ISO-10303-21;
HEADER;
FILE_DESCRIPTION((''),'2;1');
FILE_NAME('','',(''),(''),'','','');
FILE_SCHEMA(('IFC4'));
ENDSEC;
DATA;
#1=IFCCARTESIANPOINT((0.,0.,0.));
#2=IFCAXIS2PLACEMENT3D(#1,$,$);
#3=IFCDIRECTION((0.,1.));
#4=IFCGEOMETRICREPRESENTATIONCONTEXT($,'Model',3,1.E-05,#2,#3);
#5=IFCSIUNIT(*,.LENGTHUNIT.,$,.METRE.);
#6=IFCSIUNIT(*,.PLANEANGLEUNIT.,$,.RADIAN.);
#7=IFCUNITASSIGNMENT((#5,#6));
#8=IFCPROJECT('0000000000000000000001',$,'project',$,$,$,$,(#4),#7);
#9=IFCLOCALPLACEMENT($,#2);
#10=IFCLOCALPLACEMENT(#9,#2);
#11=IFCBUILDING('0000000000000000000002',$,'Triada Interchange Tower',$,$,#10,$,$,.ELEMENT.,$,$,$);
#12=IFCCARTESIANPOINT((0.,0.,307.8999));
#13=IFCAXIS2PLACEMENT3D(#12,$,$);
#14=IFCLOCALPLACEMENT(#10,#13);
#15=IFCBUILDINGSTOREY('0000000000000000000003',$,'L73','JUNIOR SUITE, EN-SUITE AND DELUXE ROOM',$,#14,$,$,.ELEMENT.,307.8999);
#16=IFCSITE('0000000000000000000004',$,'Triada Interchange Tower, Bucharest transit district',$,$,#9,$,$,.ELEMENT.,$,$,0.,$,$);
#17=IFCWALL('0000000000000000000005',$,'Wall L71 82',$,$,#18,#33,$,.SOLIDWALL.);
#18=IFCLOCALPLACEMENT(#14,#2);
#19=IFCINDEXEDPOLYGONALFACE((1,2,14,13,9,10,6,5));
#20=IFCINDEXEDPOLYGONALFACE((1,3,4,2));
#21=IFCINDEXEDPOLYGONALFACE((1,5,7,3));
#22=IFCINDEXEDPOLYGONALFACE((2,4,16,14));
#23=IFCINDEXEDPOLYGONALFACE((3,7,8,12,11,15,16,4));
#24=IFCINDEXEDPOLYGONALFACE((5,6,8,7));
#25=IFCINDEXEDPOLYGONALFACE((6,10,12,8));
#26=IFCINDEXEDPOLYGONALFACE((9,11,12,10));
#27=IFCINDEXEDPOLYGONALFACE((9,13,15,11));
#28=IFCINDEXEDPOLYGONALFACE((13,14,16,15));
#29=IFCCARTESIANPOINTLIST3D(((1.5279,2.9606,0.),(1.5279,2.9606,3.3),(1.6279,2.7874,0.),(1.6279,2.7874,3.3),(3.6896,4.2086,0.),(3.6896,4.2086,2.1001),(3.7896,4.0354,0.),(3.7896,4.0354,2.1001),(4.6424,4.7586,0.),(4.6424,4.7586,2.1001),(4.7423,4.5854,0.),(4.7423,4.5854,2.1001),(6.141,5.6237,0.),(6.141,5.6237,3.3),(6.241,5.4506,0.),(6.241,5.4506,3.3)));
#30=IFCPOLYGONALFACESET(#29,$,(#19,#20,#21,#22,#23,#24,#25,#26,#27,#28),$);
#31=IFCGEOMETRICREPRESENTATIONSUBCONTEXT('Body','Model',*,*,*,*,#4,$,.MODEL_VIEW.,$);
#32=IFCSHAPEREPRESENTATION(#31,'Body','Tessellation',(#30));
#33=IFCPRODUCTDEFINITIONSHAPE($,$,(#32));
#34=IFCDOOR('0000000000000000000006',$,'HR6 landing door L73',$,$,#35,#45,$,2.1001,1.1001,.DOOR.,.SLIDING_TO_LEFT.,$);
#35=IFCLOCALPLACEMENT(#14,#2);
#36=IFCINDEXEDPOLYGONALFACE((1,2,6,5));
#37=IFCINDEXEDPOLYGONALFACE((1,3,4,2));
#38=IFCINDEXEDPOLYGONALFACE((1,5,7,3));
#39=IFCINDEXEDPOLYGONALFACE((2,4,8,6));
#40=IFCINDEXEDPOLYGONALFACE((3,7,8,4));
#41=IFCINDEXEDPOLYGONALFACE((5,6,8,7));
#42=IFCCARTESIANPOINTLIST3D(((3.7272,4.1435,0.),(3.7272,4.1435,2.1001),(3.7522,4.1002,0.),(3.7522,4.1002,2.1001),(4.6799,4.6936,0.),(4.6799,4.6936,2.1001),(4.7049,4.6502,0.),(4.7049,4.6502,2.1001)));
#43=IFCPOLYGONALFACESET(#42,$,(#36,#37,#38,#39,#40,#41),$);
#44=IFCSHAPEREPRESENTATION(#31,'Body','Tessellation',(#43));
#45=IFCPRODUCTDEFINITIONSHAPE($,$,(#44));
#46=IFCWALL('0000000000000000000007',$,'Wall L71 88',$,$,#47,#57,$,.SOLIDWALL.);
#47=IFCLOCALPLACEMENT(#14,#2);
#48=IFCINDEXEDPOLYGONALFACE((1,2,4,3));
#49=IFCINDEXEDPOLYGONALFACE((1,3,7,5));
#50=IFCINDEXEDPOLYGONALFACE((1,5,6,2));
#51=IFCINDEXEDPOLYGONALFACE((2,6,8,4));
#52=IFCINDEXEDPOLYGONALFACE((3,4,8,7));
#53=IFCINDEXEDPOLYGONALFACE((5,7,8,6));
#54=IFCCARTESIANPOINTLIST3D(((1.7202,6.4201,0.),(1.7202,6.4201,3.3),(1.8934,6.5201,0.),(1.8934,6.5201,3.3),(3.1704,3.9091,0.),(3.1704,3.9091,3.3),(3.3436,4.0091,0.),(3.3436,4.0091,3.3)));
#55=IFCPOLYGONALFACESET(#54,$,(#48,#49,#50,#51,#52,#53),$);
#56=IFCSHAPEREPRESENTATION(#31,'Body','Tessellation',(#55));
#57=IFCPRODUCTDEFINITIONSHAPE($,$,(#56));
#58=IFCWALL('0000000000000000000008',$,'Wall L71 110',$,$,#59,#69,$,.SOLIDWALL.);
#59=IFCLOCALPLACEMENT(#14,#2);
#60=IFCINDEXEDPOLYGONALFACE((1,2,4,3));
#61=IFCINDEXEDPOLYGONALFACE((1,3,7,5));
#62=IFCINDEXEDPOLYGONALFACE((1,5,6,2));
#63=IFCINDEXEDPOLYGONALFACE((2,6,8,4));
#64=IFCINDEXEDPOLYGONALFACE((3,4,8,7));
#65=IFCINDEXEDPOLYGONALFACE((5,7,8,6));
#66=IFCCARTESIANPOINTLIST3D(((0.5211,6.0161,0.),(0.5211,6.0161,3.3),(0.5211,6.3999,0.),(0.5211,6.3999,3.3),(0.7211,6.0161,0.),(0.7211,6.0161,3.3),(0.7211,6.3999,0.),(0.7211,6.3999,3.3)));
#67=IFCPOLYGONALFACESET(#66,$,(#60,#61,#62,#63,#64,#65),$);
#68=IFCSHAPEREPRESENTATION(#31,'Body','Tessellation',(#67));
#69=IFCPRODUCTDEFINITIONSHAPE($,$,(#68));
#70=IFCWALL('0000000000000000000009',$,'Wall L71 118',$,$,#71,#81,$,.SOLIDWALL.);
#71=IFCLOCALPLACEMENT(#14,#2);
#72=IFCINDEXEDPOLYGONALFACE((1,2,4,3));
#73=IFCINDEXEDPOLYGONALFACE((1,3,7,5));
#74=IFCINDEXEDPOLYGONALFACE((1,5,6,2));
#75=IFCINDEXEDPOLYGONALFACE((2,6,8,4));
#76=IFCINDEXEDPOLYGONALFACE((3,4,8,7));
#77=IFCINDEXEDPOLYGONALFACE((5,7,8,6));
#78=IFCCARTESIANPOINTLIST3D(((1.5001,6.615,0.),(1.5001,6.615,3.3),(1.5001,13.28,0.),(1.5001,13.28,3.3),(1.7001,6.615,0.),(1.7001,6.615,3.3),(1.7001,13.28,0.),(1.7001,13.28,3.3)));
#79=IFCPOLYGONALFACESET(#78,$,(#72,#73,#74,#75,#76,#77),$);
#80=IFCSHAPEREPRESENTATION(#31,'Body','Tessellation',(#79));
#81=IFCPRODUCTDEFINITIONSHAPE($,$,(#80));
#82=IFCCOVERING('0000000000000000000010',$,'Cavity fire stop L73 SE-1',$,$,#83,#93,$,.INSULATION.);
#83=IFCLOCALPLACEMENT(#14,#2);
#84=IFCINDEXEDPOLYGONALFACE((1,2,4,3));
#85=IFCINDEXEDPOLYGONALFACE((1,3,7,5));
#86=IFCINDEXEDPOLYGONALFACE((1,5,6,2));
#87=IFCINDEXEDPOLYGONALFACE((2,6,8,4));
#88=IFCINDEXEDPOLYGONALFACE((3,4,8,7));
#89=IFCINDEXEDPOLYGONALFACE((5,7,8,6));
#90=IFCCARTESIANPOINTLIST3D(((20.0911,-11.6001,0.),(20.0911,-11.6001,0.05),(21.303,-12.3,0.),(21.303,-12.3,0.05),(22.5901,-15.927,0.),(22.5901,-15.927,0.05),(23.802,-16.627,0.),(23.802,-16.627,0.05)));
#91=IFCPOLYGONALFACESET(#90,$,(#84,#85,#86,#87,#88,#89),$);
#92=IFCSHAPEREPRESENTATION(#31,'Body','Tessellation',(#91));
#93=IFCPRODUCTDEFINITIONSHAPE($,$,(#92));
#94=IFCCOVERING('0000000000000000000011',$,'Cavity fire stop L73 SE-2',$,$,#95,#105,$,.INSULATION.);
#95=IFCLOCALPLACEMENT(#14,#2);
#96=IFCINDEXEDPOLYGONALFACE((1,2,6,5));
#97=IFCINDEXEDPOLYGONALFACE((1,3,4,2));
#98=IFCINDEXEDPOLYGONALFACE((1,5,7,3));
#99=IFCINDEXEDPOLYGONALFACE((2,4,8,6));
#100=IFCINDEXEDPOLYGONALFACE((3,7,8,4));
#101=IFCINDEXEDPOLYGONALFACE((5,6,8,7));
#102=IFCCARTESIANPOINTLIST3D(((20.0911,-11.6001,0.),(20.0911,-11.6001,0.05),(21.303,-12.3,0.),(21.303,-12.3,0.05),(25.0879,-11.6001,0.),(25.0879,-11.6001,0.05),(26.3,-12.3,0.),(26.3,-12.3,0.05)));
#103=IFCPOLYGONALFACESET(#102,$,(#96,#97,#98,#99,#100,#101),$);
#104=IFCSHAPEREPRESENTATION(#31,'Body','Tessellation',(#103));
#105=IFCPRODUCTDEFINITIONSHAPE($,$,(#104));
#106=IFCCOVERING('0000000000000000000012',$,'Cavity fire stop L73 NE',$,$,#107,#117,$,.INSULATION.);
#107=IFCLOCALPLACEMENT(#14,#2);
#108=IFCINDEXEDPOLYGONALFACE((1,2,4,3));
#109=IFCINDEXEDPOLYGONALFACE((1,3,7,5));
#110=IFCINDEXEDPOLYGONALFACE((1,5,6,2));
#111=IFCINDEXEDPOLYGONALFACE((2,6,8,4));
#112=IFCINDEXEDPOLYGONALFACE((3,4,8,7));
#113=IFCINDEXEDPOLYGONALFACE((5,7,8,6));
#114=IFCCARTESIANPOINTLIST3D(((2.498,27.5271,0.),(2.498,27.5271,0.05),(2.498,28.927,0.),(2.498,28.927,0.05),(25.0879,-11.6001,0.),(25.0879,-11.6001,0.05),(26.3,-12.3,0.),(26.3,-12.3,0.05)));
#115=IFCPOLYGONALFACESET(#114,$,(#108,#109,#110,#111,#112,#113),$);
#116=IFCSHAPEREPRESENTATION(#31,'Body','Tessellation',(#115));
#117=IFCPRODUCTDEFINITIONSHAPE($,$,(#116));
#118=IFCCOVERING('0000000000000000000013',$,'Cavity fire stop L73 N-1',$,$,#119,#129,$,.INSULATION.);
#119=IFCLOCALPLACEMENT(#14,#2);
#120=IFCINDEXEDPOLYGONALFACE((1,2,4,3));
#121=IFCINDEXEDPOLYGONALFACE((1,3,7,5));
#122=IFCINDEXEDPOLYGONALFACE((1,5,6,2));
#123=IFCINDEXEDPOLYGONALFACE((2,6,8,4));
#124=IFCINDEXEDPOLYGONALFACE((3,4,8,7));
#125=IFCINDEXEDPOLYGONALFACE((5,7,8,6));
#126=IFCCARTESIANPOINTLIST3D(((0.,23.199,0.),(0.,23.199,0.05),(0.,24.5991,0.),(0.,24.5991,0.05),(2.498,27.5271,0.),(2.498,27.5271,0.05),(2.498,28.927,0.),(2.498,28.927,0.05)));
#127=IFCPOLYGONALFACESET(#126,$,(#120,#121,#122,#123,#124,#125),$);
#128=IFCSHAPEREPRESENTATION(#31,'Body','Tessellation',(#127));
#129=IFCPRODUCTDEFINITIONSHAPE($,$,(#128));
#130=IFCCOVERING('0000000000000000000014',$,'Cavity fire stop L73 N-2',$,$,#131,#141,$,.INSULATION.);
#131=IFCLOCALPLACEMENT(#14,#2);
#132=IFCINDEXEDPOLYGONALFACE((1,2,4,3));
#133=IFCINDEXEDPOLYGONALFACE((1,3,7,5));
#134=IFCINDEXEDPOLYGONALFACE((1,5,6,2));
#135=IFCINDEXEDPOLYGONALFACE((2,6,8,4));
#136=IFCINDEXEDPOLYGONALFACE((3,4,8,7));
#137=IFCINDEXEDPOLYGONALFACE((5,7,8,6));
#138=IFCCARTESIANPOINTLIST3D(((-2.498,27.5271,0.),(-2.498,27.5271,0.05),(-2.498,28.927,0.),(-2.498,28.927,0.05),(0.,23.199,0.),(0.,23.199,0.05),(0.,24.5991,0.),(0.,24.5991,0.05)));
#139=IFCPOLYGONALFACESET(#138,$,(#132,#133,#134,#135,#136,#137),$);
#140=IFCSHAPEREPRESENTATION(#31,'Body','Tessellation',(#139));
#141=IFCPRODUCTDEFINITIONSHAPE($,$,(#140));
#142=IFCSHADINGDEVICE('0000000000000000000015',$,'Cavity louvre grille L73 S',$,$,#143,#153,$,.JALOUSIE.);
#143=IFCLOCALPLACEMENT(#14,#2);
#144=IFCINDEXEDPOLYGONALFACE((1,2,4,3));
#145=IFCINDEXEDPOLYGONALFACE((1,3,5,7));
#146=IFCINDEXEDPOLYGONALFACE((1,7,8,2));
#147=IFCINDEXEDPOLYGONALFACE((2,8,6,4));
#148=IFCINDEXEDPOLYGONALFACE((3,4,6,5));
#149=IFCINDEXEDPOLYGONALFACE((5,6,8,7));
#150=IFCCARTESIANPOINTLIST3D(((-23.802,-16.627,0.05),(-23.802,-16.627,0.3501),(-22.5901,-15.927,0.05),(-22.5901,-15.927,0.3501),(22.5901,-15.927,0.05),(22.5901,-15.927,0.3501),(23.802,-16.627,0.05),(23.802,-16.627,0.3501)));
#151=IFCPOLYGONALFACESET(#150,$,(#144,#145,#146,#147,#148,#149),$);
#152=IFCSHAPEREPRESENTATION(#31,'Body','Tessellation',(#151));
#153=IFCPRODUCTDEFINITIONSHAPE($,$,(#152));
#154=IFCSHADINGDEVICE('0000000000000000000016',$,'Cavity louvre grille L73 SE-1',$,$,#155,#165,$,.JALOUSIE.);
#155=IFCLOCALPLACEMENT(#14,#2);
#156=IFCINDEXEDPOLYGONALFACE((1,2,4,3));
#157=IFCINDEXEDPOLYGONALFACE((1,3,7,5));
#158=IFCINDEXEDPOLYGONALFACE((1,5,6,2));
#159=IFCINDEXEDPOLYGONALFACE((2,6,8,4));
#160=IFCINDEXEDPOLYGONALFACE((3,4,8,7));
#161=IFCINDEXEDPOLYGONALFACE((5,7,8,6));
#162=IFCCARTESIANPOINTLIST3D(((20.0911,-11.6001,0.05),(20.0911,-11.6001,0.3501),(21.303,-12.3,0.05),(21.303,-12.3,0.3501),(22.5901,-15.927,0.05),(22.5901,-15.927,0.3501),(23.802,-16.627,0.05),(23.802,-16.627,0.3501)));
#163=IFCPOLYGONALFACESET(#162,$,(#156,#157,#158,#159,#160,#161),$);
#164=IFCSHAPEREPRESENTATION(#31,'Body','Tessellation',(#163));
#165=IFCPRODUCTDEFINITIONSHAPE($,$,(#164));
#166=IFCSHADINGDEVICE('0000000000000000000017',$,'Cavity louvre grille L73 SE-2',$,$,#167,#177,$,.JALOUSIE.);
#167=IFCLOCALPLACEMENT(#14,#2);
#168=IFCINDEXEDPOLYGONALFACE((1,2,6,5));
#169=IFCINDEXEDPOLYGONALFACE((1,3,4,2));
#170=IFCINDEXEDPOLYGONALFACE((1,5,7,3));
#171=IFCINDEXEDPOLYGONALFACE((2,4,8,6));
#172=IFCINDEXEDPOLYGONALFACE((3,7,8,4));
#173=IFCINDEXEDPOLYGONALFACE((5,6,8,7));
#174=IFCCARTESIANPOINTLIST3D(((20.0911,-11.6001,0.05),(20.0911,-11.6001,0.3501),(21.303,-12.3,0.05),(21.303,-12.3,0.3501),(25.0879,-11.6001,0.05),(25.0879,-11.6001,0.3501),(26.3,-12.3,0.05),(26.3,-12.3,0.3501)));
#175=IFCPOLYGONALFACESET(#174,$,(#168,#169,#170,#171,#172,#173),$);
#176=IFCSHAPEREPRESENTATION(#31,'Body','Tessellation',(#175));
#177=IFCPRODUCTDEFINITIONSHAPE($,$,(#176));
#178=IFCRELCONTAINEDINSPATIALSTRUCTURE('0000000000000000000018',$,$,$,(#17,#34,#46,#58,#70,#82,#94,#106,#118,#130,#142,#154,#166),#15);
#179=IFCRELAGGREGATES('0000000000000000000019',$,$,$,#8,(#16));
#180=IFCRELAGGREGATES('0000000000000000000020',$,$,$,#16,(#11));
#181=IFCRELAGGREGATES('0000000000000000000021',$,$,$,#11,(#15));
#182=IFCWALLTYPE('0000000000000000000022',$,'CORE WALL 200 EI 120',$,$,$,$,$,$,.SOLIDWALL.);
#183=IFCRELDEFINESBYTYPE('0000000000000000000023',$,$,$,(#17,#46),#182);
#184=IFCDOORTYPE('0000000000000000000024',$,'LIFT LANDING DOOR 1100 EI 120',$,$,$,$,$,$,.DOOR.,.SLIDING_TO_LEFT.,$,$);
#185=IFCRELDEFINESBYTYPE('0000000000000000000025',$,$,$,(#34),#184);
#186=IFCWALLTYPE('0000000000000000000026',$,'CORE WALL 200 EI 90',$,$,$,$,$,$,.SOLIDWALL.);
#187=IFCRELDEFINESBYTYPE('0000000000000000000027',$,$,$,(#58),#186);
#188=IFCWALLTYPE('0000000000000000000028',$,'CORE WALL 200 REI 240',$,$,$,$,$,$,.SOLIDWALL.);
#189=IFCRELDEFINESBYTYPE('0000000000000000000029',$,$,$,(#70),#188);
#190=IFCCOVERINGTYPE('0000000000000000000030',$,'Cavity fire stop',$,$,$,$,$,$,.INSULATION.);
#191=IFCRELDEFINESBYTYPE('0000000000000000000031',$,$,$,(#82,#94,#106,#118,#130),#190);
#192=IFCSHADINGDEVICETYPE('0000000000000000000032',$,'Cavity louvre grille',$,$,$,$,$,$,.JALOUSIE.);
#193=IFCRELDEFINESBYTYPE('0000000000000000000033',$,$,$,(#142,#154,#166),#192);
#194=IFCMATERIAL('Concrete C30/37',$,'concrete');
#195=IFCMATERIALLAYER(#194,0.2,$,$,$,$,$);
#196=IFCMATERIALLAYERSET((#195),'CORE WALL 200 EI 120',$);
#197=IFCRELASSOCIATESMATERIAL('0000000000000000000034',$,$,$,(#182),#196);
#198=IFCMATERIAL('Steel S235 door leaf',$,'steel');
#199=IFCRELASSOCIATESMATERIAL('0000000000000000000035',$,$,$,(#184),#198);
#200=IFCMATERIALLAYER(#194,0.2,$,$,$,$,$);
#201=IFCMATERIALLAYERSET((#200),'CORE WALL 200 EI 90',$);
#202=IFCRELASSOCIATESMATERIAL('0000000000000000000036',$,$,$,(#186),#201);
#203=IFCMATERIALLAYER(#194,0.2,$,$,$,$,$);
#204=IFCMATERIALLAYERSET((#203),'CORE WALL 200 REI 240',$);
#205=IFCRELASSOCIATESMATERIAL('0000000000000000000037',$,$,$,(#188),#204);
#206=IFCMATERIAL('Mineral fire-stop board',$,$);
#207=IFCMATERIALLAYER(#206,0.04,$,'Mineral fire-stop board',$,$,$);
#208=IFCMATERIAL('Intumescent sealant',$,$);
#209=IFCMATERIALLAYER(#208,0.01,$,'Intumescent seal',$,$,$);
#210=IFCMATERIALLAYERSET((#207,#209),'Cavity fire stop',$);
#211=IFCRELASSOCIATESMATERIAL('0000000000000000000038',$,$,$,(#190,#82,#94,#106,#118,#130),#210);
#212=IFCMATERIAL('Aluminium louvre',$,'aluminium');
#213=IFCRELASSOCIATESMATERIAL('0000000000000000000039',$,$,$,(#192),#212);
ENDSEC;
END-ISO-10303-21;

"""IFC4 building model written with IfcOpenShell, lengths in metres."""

from ifc_helpers import new_model, si_unit, direction, frame, frame_2d, origin, place, context, subcontext, project, spatial, polyline, rectangle, outline, extrude, material, layer, layer_set, layer_usage, type_object, element, fill, save


model = new_model("IFC4")

# Units and contexts
model_context = context("Model", 3, precision=1e-05, world=origin(), true_north=direction((0.0, 1.0)))
body_context = subcontext(model_context, "Body", "Model", "MODEL_VIEW")
ifc_project = project(units=[si_unit("LENGTHUNIT", "METRE"), si_unit("PLANEANGLEUNIT", "RADIAN")], contexts=[model_context])

# Site, building, storey
site_placement = place(None, origin())
site = spatial("IfcSite", under=ifc_project, at=site_placement, Name="Triada Interchange Tower, Bucharest transit district", CompositionType="ELEMENT", RefElevation=0.0)
building_placement = place(site_placement, origin())
building = spatial("IfcBuilding", under=site, at=building_placement, Name="Triada Interchange Tower", CompositionType="ELEMENT")
storey_placement = place(building_placement, frame((0.0, 0.0, 307.8999)))
storey = spatial("IfcBuildingStorey", under=building, at=storey_placement, Name="L73", Description="JUNIOR SUITE, EN-SUITE AND DELUXE ROOM", CompositionType="ELEMENT", Elevation=307.8999)

# Wall, opening, door
ifc_material_1 = material(Name="Concrete C30/37", Category="concrete")
ifc_layer_1 = layer(ifc_material_1, 0.2)
ifc_layer_set_1 = layer_set([ifc_layer_1], Name="CORE WALL 200 EI 120")
wall_type_1 = type_object("IfcWallType", Name="CORE WALL 200 EI 120", PredefinedType="SOLIDWALL", material=ifc_layer_set_1)
ifc_material_2 = material(Name="Steel S235 door leaf", Category="steel")
door_type = type_object("IfcDoorType", Name="LIFT LANDING DOOR 1100 EI 120", OperationType="SLIDING_TO_LEFT", PredefinedType="DOOR", material=ifc_material_2)
wall_1_placement = place(storey_placement, frame((1.5779, 2.874, 0.0), z_axis=(0.0, 0.0, 1.0), x_axis=(0.866046, 0.499964, 0.0)))
wall_1 = element("IfcWall", 1, at=wall_1_placement, inside=storey, type_object=wall_type_1, Name="Wall L71 82", PredefinedType="SOLIDWALL", context=body_context, shape_type="SweptSolid", body=[
    extrude(rectangle(XDim=5.3267, YDim=0.2, at=frame_2d((2.6633, 0.0))), origin(), (0.0, 0.0, 1.0), 3.3),
])
opening_1_placement = place(wall_1_placement, frame((2.4961, 0.0, 0.0)))
opening_1 = element("IfcOpeningElement", 2, at=opening_1_placement, cuts=wall_1, PredefinedType="OPENING", context=body_context, shape_type="SweptSolid", body=[
    extrude(rectangle(XDim=1.1001, YDim=2.1001, at=frame_2d((0.55, 1.05))), frame((0.0, 0.1099, 0.0), z_axis=(0.0, -1.0, 0.0), x_axis=(1.0, 0.0, 0.0)), (0.0, 0.0, 1.0), 0.22),
])
door_1_placement = place(opening_1_placement, origin())
door_1 = element("IfcDoor", 3, at=door_1_placement, inside=storey, type_object=door_type, Name="HR6 landing door L73", OperationType="SLIDING_TO_LEFT", OverallHeight=2.1001, OverallWidth=1.1001, PredefinedType="DOOR", context=body_context, shape_type="SweptSolid", body=[
    extrude(rectangle(XDim=1.1001, YDim=2.1001, at=frame_2d((0.55, 1.05))), frame((0.0, 0.0249, 0.0), z_axis=(0.0, -1.0, 0.0), x_axis=(1.0, 0.0, 0.0)), (0.0, 0.0, 1.0), 0.05),
])
fill(opening_1, door_1)

# Walls
wall_2_placement = place(storey_placement, frame((1.8069, 6.47, 0.0), z_axis=(0.0, 0.0, 1.0), x_axis=(0.500123, -0.865954, 0.0)))
element("IfcWall", 4, at=wall_2_placement, inside=storey, type_object=wall_type_1, Name="Wall L71 88", PredefinedType="SOLIDWALL", context=body_context, shape_type="SweptSolid", body=[
    extrude(rectangle(XDim=2.8997, YDim=0.2, at=frame_2d((1.4497, 0.0))), origin(), (0.0, 0.0, 1.0), 3.3),
])
ifc_layer_2 = layer(ifc_material_1, 0.2)
ifc_layer_set_2 = layer_set([ifc_layer_2], Name="CORE WALL 200 EI 90")
wall_type_2 = type_object("IfcWallType", Name="CORE WALL 200 EI 90", PredefinedType="SOLIDWALL", material=ifc_layer_set_2)
wall_3_placement = place(storey_placement, frame((0.6211, 6.0161, 0.0), z_axis=(0.0, 0.0, 1.0), x_axis=(0.0, 1.0, 0.0)))
element("IfcWall", 5, at=wall_3_placement, inside=storey, type_object=wall_type_2, Name="Wall L71 110", PredefinedType="SOLIDWALL", context=body_context, shape_type="SweptSolid", body=[
    extrude(rectangle(XDim=0.3838, YDim=0.2, at=frame_2d((0.1919, 0.0))), origin(), (0.0, 0.0, 1.0), 3.3),
])
ifc_layer_3 = layer(ifc_material_1, 0.2)
ifc_layer_set_3 = layer_set([ifc_layer_3], Name="CORE WALL 200 REI 240")
wall_type_3 = type_object("IfcWallType", Name="CORE WALL 200 REI 240", PredefinedType="SOLIDWALL", material=ifc_layer_set_3)
wall_4_placement = place(storey_placement, frame((1.6001, 6.615, 0.0), z_axis=(0.0, 0.0, 1.0), x_axis=(0.0, 1.0, 0.0)))
element("IfcWall", 6, at=wall_4_placement, inside=storey, type_object=wall_type_3, Name="Wall L71 118", PredefinedType="SOLIDWALL", context=body_context, shape_type="SweptSolid", body=[
    extrude(rectangle(XDim=6.665, YDim=0.2, at=frame_2d((3.3325, 0.0))), origin(), (0.0, 0.0, 1.0), 3.3),
])

# Coverings
ifc_material_3 = material(Name="Mineral fire-stop board")
ifc_layer_4 = layer(ifc_material_3, 0.04, Name="Mineral fire-stop board")
ifc_material_4 = material(Name="Intumescent sealant")
ifc_layer_5 = layer(ifc_material_4, 0.01, Name="Intumescent seal")
ifc_layer_set_4 = layer_set([ifc_layer_4, ifc_layer_5], Name="Cavity fire stop")
ifc_layer_usage = layer_usage(ifc_layer_set_4, "AXIS3", "POSITIVE", 0.0)
covering_type = type_object("IfcCoveringType", Name="Cavity fire stop", PredefinedType="INSULATION", material=ifc_layer_set_4)
covering_1_placement = place(storey_placement, origin())
element("IfcCovering", 7, at=covering_1_placement, inside=storey, type_object=covering_type, material=ifc_layer_usage, Name="Cavity fire stop L73 SE-1", PredefinedType="INSULATION", context=body_context, shape_type="SweptSolid", body=[
    extrude(outline(polyline([(22.5901, -15.927), (23.802, -16.627), (21.303, -12.3), (20.0911, -11.6001), (22.5901, -15.927)])), origin(), (0.0, 0.0, 1.0), 0.05),
])
covering_2_placement = place(storey_placement, origin())
element("IfcCovering", 8, at=covering_2_placement, inside=storey, type_object=covering_type, material=ifc_layer_usage, Name="Cavity fire stop L73 SE-2", PredefinedType="INSULATION", context=body_context, shape_type="SweptSolid", body=[
    extrude(outline(polyline([(20.0911, -11.6001), (21.303, -12.3), (26.3, -12.3), (25.0879, -11.6001), (20.0911, -11.6001)])), origin(), (0.0, 0.0, 1.0), 0.05),
])
covering_3_placement = place(storey_placement, origin())
element("IfcCovering", 9, at=covering_3_placement, inside=storey, type_object=covering_type, material=ifc_layer_usage, Name="Cavity fire stop L73 NE", PredefinedType="INSULATION", context=body_context, shape_type="SweptSolid", body=[
    extrude(outline(polyline([(25.0879, -11.6001), (26.3, -12.3), (2.498, 28.927), (2.498, 27.5271), (25.0879, -11.6001)])), origin(), (0.0, 0.0, 1.0), 0.05),
])
covering_4_placement = place(storey_placement, origin())
element("IfcCovering", 10, at=covering_4_placement, inside=storey, type_object=covering_type, material=ifc_layer_usage, Name="Cavity fire stop L73 N-1", PredefinedType="INSULATION", context=body_context, shape_type="SweptSolid", body=[
    extrude(outline(polyline([(2.498, 27.5271), (2.498, 28.927), (0.0, 24.5991), (0.0, 23.199), (2.498, 27.5271)])), origin(), (0.0, 0.0, 1.0), 0.05),
])
covering_5_placement = place(storey_placement, origin())
element("IfcCovering", 11, at=covering_5_placement, inside=storey, type_object=covering_type, material=ifc_layer_usage, Name="Cavity fire stop L73 N-2", PredefinedType="INSULATION", context=body_context, shape_type="SweptSolid", body=[
    extrude(outline(polyline([(0.0, 23.199), (0.0, 24.5991), (-2.498, 28.927), (-2.498, 27.5271), (0.0, 23.199)])), origin(), (0.0, 0.0, 1.0), 0.05),
])

# Shading devices
ifc_material_5 = material(Name="Aluminium louvre", Category="aluminium")
shading_device_type = type_object("IfcShadingDeviceType", Name="Cavity louvre grille", PredefinedType="JALOUSIE", material=ifc_material_5)
shading_device_1_placement = place(storey_placement, frame((0.0, 0.0, 0.05)))
element("IfcShadingDevice", 12, at=shading_device_1_placement, inside=storey, type_object=shading_device_type, Name="Cavity louvre grille L73 S", PredefinedType="JALOUSIE", context=body_context, shape_type="SweptSolid", body=[
    extrude(outline(polyline([(-22.5901, -15.927), (-23.802, -16.627), (23.802, -16.627), (22.5901, -15.927), (-22.5901, -15.927)])), origin(), (0.0, 0.0, 1.0), 0.3),
])
shading_device_2_placement = place(storey_placement, frame((0.0, 0.0, 0.05)))
element("IfcShadingDevice", 13, at=shading_device_2_placement, inside=storey, type_object=shading_device_type, Name="Cavity louvre grille L73 SE-1", PredefinedType="JALOUSIE", context=body_context, shape_type="SweptSolid", body=[
    extrude(outline(polyline([(22.5901, -15.927), (23.802, -16.627), (21.303, -12.3), (20.0911, -11.6001), (22.5901, -15.927)])), origin(), (0.0, 0.0, 1.0), 0.3),
])
shading_device_3_placement = place(storey_placement, frame((0.0, 0.0, 0.05)))
element("IfcShadingDevice", 14, at=shading_device_3_placement, inside=storey, type_object=shading_device_type, Name="Cavity louvre grille L73 SE-2", PredefinedType="JALOUSIE", context=body_context, shape_type="SweptSolid", body=[
    extrude(outline(polyline([(20.0911, -11.6001), (21.303, -12.3), (26.3, -12.3), (25.0879, -11.6001), (20.0911, -11.6001)])), origin(), (0.0, 0.0, 1.0), 0.3),
])

save(model, "model.ifc")
